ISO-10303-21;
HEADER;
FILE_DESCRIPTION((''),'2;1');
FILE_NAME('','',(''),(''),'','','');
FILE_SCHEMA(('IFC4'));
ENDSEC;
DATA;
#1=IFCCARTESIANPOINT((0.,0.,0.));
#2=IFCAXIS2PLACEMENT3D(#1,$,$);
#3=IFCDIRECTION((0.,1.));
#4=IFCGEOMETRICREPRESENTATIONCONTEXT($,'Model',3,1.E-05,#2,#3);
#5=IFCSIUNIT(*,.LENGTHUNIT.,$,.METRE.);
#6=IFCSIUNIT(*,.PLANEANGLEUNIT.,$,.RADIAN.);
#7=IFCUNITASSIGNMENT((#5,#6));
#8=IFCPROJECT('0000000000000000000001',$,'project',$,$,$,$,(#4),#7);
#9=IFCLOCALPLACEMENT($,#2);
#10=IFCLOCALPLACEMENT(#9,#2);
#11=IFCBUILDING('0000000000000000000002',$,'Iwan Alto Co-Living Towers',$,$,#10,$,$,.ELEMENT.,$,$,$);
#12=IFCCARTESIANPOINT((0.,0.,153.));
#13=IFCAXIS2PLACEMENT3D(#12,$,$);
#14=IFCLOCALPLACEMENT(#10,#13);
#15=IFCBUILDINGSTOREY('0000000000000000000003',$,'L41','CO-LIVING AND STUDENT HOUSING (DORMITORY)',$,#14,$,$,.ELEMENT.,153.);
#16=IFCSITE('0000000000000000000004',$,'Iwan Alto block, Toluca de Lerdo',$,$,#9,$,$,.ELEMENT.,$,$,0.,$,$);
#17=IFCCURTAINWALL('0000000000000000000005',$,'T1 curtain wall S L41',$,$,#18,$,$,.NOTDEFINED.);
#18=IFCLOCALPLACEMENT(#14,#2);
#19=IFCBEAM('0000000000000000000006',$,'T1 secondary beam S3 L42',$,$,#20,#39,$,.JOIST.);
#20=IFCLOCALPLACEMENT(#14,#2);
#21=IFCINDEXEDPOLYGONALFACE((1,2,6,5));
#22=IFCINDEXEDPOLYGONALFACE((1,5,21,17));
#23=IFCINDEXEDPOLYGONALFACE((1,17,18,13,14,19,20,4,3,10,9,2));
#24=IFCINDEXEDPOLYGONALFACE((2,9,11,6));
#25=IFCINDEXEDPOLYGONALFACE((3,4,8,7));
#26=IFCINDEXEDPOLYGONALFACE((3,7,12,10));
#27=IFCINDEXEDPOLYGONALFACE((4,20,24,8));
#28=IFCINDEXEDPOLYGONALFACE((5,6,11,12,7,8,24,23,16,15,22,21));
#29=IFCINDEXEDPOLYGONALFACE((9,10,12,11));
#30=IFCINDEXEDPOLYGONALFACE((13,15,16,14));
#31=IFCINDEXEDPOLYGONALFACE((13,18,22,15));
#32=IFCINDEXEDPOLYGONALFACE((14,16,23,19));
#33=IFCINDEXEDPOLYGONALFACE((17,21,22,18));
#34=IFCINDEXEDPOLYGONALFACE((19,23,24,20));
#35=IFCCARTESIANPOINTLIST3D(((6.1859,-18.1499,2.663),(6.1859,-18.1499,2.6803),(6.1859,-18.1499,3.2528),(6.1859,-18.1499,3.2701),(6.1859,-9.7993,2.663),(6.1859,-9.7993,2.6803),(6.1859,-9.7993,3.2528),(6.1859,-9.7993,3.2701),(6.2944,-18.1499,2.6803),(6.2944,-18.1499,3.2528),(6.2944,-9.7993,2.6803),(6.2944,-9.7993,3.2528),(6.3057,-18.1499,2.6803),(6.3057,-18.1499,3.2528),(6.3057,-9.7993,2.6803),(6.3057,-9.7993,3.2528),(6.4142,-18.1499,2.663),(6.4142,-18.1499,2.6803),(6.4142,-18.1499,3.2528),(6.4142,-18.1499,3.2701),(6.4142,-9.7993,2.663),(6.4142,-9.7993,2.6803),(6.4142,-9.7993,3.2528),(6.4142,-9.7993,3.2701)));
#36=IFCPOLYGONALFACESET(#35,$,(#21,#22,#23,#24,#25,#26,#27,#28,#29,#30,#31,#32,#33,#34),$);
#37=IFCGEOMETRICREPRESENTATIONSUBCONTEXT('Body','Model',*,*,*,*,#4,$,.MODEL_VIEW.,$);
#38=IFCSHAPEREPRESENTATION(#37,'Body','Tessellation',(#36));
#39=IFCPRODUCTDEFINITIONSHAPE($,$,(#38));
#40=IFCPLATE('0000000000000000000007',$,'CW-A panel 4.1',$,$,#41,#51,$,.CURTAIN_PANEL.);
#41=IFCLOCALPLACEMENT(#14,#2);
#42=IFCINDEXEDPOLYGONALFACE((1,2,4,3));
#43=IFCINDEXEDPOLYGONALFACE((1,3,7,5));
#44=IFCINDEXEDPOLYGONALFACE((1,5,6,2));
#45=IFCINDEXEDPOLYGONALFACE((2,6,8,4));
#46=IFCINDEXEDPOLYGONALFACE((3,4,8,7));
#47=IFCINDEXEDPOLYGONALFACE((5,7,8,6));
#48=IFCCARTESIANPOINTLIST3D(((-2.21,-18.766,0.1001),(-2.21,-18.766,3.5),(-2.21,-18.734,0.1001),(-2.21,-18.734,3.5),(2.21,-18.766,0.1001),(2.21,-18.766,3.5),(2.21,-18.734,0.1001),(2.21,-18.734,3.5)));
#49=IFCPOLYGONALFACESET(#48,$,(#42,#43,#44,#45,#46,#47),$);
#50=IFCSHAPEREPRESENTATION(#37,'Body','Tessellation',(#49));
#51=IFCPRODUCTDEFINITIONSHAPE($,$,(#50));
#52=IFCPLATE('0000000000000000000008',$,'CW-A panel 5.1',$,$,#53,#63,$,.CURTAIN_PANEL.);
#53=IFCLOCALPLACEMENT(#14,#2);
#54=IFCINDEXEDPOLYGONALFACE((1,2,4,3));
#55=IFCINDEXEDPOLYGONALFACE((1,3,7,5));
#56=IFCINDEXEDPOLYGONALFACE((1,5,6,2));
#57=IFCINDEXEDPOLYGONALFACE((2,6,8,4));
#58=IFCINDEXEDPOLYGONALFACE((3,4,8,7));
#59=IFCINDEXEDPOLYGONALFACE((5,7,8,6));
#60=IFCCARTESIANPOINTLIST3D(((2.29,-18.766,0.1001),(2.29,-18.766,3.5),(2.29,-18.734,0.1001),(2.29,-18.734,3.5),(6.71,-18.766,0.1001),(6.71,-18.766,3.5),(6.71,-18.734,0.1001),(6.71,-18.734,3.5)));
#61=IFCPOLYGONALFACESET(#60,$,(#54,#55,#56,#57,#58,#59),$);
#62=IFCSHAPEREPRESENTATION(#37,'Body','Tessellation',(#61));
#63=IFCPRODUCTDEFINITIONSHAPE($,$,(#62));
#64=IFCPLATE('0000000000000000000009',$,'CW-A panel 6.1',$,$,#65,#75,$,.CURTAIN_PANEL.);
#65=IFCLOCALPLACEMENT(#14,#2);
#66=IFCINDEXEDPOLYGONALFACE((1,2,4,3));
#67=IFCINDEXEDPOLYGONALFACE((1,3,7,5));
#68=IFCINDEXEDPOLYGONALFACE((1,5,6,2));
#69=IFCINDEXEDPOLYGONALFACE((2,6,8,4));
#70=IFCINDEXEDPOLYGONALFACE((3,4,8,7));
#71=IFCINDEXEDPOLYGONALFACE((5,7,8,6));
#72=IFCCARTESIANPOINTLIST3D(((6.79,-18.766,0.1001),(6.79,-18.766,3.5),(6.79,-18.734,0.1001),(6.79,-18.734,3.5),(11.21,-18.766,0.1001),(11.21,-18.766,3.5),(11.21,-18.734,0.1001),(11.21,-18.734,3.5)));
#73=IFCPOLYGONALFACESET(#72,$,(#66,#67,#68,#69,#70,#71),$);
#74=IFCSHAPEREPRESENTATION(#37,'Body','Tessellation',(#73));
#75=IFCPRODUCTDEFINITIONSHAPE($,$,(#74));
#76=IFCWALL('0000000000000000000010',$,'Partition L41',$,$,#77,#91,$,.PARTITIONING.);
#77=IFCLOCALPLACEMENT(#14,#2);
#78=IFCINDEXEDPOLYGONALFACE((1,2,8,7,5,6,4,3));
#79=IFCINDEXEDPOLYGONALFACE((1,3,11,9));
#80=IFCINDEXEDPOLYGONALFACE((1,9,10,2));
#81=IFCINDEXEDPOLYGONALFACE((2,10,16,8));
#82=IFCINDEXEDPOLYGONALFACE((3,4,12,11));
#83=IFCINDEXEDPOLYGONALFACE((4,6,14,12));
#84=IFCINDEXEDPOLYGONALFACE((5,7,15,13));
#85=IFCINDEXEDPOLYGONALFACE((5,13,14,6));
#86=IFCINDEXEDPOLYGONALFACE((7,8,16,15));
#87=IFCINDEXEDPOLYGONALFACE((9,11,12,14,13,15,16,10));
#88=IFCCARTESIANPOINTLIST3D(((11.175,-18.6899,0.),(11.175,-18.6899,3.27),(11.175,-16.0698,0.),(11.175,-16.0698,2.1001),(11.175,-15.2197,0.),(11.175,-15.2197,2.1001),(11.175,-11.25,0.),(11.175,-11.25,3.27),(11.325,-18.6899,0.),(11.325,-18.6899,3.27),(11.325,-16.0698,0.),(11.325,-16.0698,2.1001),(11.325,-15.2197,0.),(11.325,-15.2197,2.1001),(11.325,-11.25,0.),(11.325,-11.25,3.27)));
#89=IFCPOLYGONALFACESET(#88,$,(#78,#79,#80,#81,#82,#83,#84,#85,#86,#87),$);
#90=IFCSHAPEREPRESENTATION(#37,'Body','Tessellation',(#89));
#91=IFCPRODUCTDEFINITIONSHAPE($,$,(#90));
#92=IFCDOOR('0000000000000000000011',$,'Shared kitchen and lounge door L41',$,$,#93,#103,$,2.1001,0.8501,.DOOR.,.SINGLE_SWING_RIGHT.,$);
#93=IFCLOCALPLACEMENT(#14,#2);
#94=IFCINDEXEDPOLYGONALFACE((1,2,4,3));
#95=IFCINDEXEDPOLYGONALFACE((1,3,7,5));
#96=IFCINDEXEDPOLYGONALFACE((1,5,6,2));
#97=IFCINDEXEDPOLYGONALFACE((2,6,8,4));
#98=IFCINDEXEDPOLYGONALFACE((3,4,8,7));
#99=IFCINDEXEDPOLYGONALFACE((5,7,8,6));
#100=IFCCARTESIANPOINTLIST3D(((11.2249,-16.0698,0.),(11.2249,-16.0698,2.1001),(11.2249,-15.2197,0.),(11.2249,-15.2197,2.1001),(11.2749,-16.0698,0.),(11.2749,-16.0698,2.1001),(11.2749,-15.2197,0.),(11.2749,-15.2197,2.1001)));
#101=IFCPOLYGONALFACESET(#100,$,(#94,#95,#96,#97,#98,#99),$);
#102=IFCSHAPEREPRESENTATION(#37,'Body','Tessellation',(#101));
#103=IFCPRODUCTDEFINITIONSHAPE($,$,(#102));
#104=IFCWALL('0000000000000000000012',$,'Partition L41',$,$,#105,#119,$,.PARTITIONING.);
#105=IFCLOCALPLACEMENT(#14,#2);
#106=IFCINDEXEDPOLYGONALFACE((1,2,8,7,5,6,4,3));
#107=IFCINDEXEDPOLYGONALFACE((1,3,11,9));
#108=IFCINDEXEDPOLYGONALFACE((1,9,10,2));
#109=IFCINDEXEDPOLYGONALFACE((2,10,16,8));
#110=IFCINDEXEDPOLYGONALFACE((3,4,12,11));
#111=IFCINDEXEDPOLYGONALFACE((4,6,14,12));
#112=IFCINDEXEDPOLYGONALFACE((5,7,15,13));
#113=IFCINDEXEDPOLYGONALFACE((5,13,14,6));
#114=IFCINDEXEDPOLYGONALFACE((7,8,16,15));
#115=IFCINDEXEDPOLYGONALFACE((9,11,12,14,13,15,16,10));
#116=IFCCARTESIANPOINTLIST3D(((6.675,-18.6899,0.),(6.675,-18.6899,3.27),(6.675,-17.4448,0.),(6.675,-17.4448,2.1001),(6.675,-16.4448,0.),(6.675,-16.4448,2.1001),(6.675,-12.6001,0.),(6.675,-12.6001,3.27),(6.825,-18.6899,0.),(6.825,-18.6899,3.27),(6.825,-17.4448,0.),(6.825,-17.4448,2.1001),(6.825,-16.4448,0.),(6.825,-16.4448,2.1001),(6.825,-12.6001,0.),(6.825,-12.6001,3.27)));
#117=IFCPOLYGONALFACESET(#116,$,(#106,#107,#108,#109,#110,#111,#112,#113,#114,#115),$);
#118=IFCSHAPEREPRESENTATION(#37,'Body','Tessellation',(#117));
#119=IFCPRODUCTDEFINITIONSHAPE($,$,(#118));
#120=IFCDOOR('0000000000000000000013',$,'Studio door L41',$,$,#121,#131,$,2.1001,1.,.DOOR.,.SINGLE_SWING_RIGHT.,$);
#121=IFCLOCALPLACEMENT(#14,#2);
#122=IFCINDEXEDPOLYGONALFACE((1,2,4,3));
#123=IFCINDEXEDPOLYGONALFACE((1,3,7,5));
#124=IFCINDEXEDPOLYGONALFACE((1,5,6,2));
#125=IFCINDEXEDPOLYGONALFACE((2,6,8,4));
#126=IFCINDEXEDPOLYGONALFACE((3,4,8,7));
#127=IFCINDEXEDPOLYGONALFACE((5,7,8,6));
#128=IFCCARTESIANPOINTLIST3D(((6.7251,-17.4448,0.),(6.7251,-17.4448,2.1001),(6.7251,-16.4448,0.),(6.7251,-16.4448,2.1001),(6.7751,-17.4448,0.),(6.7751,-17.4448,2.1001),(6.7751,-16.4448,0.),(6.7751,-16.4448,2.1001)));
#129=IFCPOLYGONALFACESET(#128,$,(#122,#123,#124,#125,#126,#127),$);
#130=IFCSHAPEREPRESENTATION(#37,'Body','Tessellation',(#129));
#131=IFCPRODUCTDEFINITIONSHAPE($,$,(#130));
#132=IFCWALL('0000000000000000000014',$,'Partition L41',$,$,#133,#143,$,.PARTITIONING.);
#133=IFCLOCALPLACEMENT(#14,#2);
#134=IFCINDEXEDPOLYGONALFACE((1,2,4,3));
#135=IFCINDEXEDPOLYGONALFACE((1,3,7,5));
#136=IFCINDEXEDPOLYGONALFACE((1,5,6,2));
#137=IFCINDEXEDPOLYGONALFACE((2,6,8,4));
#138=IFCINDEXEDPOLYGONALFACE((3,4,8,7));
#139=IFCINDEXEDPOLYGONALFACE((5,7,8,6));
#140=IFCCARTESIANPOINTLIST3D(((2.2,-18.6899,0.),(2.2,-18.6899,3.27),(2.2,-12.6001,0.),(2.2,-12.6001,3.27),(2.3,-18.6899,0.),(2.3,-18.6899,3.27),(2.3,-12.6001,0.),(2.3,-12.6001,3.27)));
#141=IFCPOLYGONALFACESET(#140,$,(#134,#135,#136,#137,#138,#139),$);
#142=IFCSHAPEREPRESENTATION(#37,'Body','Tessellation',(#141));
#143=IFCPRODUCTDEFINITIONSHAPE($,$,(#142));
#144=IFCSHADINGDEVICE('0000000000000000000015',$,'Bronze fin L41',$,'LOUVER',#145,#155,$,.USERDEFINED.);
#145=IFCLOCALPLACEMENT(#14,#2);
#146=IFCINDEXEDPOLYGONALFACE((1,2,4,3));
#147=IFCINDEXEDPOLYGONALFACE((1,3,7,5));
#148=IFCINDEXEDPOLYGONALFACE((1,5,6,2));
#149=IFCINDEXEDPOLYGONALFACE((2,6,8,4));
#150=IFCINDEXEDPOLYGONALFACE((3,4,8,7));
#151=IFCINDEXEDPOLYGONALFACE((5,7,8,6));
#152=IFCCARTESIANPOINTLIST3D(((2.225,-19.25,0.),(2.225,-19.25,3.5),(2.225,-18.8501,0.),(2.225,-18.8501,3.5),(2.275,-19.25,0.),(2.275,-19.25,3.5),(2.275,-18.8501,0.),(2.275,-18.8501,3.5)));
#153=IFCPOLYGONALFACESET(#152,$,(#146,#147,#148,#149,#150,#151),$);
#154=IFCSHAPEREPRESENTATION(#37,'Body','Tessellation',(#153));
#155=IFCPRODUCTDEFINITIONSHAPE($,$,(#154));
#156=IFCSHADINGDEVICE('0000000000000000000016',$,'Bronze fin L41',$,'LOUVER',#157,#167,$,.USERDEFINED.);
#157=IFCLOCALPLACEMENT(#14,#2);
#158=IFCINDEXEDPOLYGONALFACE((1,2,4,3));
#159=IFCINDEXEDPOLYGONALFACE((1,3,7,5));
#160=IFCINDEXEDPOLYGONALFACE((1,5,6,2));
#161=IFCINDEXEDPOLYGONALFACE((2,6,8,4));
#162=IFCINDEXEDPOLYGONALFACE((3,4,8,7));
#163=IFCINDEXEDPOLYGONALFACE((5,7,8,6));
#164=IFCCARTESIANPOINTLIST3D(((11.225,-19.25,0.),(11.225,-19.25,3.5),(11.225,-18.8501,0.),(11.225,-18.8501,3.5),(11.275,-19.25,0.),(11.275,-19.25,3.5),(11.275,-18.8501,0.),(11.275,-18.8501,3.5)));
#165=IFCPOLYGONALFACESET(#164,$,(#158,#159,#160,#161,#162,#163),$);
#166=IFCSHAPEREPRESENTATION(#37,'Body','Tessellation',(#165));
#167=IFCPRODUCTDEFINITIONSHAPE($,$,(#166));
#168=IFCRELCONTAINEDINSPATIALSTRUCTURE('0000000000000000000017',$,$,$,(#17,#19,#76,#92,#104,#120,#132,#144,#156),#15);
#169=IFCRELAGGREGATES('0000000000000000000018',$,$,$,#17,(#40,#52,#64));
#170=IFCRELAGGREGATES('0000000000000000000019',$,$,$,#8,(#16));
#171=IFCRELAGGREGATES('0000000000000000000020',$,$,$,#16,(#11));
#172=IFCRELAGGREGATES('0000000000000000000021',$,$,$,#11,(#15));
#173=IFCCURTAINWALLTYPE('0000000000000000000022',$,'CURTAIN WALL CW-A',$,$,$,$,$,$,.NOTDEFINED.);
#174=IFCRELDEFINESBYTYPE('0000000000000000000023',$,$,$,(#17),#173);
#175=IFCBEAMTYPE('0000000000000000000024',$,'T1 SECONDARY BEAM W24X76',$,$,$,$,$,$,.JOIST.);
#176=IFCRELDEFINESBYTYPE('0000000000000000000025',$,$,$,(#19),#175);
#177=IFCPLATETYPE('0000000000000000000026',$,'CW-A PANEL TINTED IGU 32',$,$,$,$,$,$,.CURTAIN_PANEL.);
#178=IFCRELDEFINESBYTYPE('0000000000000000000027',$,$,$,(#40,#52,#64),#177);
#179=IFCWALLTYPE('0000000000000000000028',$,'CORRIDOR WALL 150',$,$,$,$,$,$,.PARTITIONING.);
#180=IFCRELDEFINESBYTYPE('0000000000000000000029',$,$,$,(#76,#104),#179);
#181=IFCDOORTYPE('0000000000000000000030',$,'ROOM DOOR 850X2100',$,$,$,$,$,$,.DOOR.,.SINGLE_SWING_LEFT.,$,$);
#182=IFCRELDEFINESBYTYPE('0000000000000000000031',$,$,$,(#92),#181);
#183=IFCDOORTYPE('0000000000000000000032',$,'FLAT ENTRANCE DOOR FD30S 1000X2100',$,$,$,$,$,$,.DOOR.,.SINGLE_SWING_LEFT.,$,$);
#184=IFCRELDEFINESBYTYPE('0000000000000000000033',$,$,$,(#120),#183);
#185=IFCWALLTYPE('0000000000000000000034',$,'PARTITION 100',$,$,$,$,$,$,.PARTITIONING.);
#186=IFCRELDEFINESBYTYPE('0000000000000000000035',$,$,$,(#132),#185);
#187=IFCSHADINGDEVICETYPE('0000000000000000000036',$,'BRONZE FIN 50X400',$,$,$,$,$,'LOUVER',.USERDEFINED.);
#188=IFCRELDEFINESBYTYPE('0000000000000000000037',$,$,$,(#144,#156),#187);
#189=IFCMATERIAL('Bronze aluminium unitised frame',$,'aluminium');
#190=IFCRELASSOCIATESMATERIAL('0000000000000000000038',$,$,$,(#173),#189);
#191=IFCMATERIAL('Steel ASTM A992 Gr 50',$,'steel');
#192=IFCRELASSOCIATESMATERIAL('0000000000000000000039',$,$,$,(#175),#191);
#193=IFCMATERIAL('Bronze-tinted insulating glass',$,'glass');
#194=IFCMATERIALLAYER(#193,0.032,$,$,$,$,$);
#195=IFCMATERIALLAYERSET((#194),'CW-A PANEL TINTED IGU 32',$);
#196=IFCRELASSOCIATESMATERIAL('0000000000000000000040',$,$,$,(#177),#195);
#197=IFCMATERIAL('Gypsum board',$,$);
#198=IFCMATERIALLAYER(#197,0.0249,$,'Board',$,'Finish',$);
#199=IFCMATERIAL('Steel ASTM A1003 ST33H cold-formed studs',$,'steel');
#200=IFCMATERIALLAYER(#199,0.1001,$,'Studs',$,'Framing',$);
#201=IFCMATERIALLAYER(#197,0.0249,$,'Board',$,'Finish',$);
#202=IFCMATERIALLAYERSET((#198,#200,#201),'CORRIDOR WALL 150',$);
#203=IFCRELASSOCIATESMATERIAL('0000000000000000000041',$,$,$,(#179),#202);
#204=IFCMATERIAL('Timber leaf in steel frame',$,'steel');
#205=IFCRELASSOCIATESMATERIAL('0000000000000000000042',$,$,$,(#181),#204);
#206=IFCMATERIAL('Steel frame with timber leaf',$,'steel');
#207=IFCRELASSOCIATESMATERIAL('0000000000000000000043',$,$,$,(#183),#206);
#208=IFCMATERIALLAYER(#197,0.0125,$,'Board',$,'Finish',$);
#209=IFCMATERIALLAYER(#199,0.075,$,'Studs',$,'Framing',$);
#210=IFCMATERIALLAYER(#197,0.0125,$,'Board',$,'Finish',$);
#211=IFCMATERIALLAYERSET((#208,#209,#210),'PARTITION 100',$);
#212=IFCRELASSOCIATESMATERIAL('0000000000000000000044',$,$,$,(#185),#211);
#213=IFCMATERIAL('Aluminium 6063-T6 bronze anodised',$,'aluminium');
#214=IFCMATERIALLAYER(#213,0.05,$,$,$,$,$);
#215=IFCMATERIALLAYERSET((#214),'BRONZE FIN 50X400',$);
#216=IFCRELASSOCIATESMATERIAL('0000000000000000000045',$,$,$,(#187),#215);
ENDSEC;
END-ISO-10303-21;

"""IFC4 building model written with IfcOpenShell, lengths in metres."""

from ifc_helpers import new_model, si_unit, direction, frame, frame_2d, origin, origin_2d, place, context, subcontext, project, spatial, rectangle, i_section, extrude, material, layer, layer_set, material_profile, profile_set, type_object, element, fill, aggregate, save


model = new_model("IFC4")

# Units and contexts
model_context = context("Model", 3, precision=1e-05, world=origin(), true_north=direction((0.0, 1.0)))
body_context = subcontext(model_context, "Body", "Model", "MODEL_VIEW")
ifc_project = project(units=[si_unit("LENGTHUNIT", "METRE"), si_unit("PLANEANGLEUNIT", "RADIAN")], contexts=[model_context])

# Site, building, storey
site_placement = place(None, origin())
site = spatial("IfcSite", under=ifc_project, at=site_placement, Name="Iwan Alto block, Toluca de Lerdo", CompositionType="ELEMENT", RefElevation=0.0)
building_placement = place(site_placement, origin())
building = spatial("IfcBuilding", under=site, at=building_placement, Name="Iwan Alto Co-Living Towers", CompositionType="ELEMENT")
storey_placement = place(building_placement, frame((0.0, 0.0, 153.0)))
storey = spatial("IfcBuildingStorey", under=building, at=storey_placement, Name="L41", Description="CO-LIVING AND STUDENT HOUSING (DORMITORY)", CompositionType="ELEMENT", Elevation=153.0)

# Curtain wall
ifc_material_1 = material(Name="Bronze aluminium unitised frame", Category="aluminium")
curtain_wall_type = type_object("IfcCurtainWallType", Name="CURTAIN WALL CW-A", PredefinedType="NOTDEFINED", material=ifc_material_1)
curtain_wall_placement = place(storey_placement, origin())
curtain_wall = element("IfcCurtainWall", 1, at=curtain_wall_placement, inside=storey, type_object=curtain_wall_type, Name="T1 curtain wall S L41", PredefinedType="NOTDEFINED")

# Beam
ifc_material_2 = material(Name="Steel ASTM A992 Gr 50", Category="steel")
ifc_material_profile_1 = material_profile(ifc_material_2, i_section(OverallWidth=0.2283, OverallDepth=0.6072, WebThickness=0.0112, FlangeThickness=0.0173, at=origin_2d()), Name="W24X76")
ifc_profile_set_1 = profile_set([ifc_material_profile_1], Name="Steel ASTM A992 Gr 50")
beam_type_1 = type_object("IfcBeamType", Name="T1 SECONDARY BEAM W24X76", PredefinedType="JOIST", material=ifc_profile_set_1)
beam_1_placement = place(storey_placement, frame((6.3, -18.1499, 2.9666), z_axis=(0.0, 1.0, 0.0), x_axis=(-1.0, 0.0, 0.0)))
element("IfcBeam", 2, at=beam_1_placement, inside=storey, type_object=beam_type_1, Name="T1 secondary beam S3 L42", PredefinedType="JOIST", context=body_context, shape_type="SweptSolid", body=[
    extrude(i_section(OverallWidth=0.2283, OverallDepth=0.6072, WebThickness=0.0112, FlangeThickness=0.0173, at=origin_2d()), origin(), (0.0, 0.0, 1.0), 8.3506),
])

# Plates
ifc_material_3 = material(Name="Bronze-tinted insulating glass", Category="glass")
ifc_layer_1 = layer(ifc_material_3, 0.032)
ifc_layer_set_1 = layer_set([ifc_layer_1], Name="CW-A PANEL TINTED IGU 32")
plate_type = type_object("IfcPlateType", Name="CW-A PANEL TINTED IGU 32", PredefinedType="CURTAIN_PANEL", material=ifc_layer_set_1)
plate_1_placement = place(storey_placement, frame((0.0, -18.75, 0.1001), z_axis=(0.0, 0.0, 1.0), x_axis=(1.0, 0.0, 0.0)))
plate_1 = element("IfcPlate", 3, at=plate_1_placement, type_object=plate_type, Name="CW-A panel 4.1", PredefinedType="CURTAIN_PANEL", context=body_context, shape_type="SweptSolid", body=[
    extrude(rectangle(XDim=4.4199, YDim=0.032, at=origin_2d()), origin(), (0.0, 0.0, 1.0), 3.3999),
])
plate_2_placement = place(storey_placement, frame((4.5, -18.75, 0.1001), z_axis=(0.0, 0.0, 1.0), x_axis=(1.0, 0.0, 0.0)))
plate_2 = element("IfcPlate", 4, at=plate_2_placement, type_object=plate_type, Name="CW-A panel 5.1", PredefinedType="CURTAIN_PANEL", context=body_context, shape_type="SweptSolid", body=[
    extrude(rectangle(XDim=4.4199, YDim=0.032, at=origin_2d()), origin(), (0.0, 0.0, 1.0), 3.3999),
])
plate_3_placement = place(storey_placement, frame((9.0, -18.75, 0.1001), z_axis=(0.0, 0.0, 1.0), x_axis=(1.0, 0.0, 0.0)))
plate_3 = element("IfcPlate", 5, at=plate_3_placement, type_object=plate_type, Name="CW-A panel 6.1", PredefinedType="CURTAIN_PANEL", context=body_context, shape_type="SweptSolid", body=[
    extrude(rectangle(XDim=4.4199, YDim=0.032, at=origin_2d()), origin(), (0.0, 0.0, 1.0), 3.3999),
])
aggregate(curtain_wall, [plate_1, plate_2, plate_3])

# Walls, openings, doors
ifc_material_4 = material(Name="Gypsum board")
ifc_layer_2 = layer(ifc_material_4, 0.0249, Name="Board", Category="Finish")
ifc_material_5 = material(Name="Steel ASTM A1003 ST33H cold-formed studs", Category="steel")
ifc_layer_3 = layer(ifc_material_5, 0.1001, Name="Studs", Category="Framing")
ifc_layer_4 = layer(ifc_material_4, 0.0249, Name="Board", Category="Finish")
ifc_layer_set_2 = layer_set([ifc_layer_2, ifc_layer_3, ifc_layer_4], Name="CORRIDOR WALL 150")
wall_type_1 = type_object("IfcWallType", Name="CORRIDOR WALL 150", PredefinedType="PARTITIONING", material=ifc_layer_set_2)
wall_1_placement = place(storey_placement, frame((11.25, -18.6899, 0.0), z_axis=(0.0, 0.0, 1.0), x_axis=(0.0, 1.0, 0.0)))
wall_1 = element("IfcWall", 6, at=wall_1_placement, inside=storey, type_object=wall_type_1, Name="Partition L41", PredefinedType="PARTITIONING", context=body_context, shape_type="SweptSolid", body=[
    extrude(rectangle(XDim=7.4399, YDim=0.1499, at=frame_2d((3.72, 0.0))), origin(), (0.0, 0.0, 1.0), 3.27),
])
opening_1_placement = place(wall_1_placement, frame((2.6201, 0.0, 0.0)))
opening_1 = element("IfcOpeningElement", 7, at=opening_1_placement, cuts=wall_1, PredefinedType="OPENING", context=body_context, shape_type="SweptSolid", body=[
    extrude(rectangle(XDim=0.8501, YDim=2.1001, at=frame_2d((0.425, 1.05))), frame((0.0, 0.085, 0.0), z_axis=(0.0, -1.0, 0.0), x_axis=(1.0, 0.0, 0.0)), (0.0, 0.0, 1.0), 0.1699),
])
ifc_material_6 = material(Name="Timber leaf in steel frame", Category="steel")
door_type_1 = type_object("IfcDoorType", Name="ROOM DOOR 850X2100", OperationType="SINGLE_SWING_LEFT", PredefinedType="DOOR", material=ifc_material_6)
door_1_placement = place(opening_1_placement, frame((0.8501, 0.0, 0.0), z_axis=(0.0, 0.0, 1.0), x_axis=(-1.0, 0.0, 0.0)))
door_1 = element("IfcDoor", 8, at=door_1_placement, inside=storey, type_object=door_type_1, Name="Shared kitchen and lounge door L41", OperationType="SINGLE_SWING_RIGHT", OverallHeight=2.1001, OverallWidth=0.8501, PredefinedType="DOOR", context=body_context, shape_type="SweptSolid", body=[
    extrude(rectangle(XDim=0.8501, YDim=2.1001, at=frame_2d((0.425, 1.05))), frame((0.0, 0.0249, 0.0), z_axis=(0.0, -1.0, 0.0), x_axis=(1.0, 0.0, 0.0)), (0.0, 0.0, 1.0), 0.05),
])
fill(opening_1, door_1)
wall_2_placement = place(storey_placement, frame((6.75, -18.6899, 0.0), z_axis=(0.0, 0.0, 1.0), x_axis=(0.0, 1.0, 0.0)))
wall_2 = element("IfcWall", 9, at=wall_2_placement, inside=storey, type_object=wall_type_1, Name="Partition L41", PredefinedType="PARTITIONING", context=body_context, shape_type="SweptSolid", body=[
    extrude(rectangle(XDim=6.0898, YDim=0.1499, at=frame_2d((3.0449, 0.0))), origin(), (0.0, 0.0, 1.0), 3.27),
])
opening_2_placement = place(wall_2_placement, frame((1.2451, 0.0, 0.0)))
opening_2 = element("IfcOpeningElement", 10, at=opening_2_placement, cuts=wall_2, PredefinedType="OPENING", context=body_context, shape_type="SweptSolid", body=[
    extrude(rectangle(XDim=1.0, YDim=2.1001, at=frame_2d((0.5, 1.05))), frame((0.0, 0.085, 0.0), z_axis=(0.0, -1.0, 0.0), x_axis=(1.0, 0.0, 0.0)), (0.0, 0.0, 1.0), 0.1699),
])
ifc_material_7 = material(Name="Steel frame with timber leaf", Category="steel")
door_type_2 = type_object("IfcDoorType", Name="FLAT ENTRANCE DOOR FD30S 1000X2100", OperationType="SINGLE_SWING_LEFT", PredefinedType="DOOR", material=ifc_material_7)
door_2_placement = place(opening_2_placement, origin())
door_2 = element("IfcDoor", 11, at=door_2_placement, inside=storey, type_object=door_type_2, Name="Studio door L41", OperationType="SINGLE_SWING_RIGHT", OverallHeight=2.1001, OverallWidth=1.0, PredefinedType="DOOR", context=body_context, shape_type="SweptSolid", body=[
    extrude(rectangle(XDim=1.0, YDim=2.1001, at=frame_2d((0.5, 1.05))), frame((0.0, 0.0249, 0.0), z_axis=(0.0, -1.0, 0.0), x_axis=(1.0, 0.0, 0.0)), (0.0, 0.0, 1.0), 0.05),
])
fill(opening_2, door_2)

# Wall
ifc_layer_5 = layer(ifc_material_4, 0.0125, Name="Board", Category="Finish")
ifc_layer_6 = layer(ifc_material_5, 0.075, Name="Studs", Category="Framing")
ifc_layer_7 = layer(ifc_material_4, 0.0125, Name="Board", Category="Finish")
ifc_layer_set_3 = layer_set([ifc_layer_5, ifc_layer_6, ifc_layer_7], Name="PARTITION 100")
wall_type_2 = type_object("IfcWallType", Name="PARTITION 100", PredefinedType="PARTITIONING", material=ifc_layer_set_3)
wall_3_placement = place(storey_placement, frame((2.25, -18.6899, 0.0), z_axis=(0.0, 0.0, 1.0), x_axis=(0.0, 1.0, 0.0)))
element("IfcWall", 12, at=wall_3_placement, inside=storey, type_object=wall_type_2, Name="Partition L41", PredefinedType="PARTITIONING", context=body_context, shape_type="SweptSolid", body=[
    extrude(rectangle(XDim=6.0898, YDim=0.1001, at=frame_2d((3.0449, 0.0))), origin(), (0.0, 0.0, 1.0), 3.27),
])

# Shading devices
ifc_material_8 = material(Name="Aluminium 6063-T6 bronze anodised", Category="aluminium")
ifc_layer_8 = layer(ifc_material_8, 0.05)
ifc_layer_set_4 = layer_set([ifc_layer_8], Name="BRONZE FIN 50X400")
shading_device_type = type_object("IfcShadingDeviceType", Name="BRONZE FIN 50X400", ElementType="LOUVER", PredefinedType="USERDEFINED", material=ifc_layer_set_4)
for number, where, z_axis, x_axis, name in (
    (13, (2.25, -19.05, 0.0), (0.0, 0.0, 1.0), (1.0, 0.0, 0.0), "Bronze fin L41"),
    (14, (11.25, -19.05, 0.0), (0.0, 0.0, 1.0), (1.0, 0.0, 0.0), "Bronze fin L41"),
):
    element("IfcShadingDevice", number, at=place(storey_placement, frame(where, z_axis=z_axis, x_axis=x_axis)), inside=storey, type_object=shading_device_type, Name=name, ObjectType="LOUVER", PredefinedType="USERDEFINED", context=body_context, shape_type="SweptSolid", body=[
        extrude(rectangle(XDim=0.05, YDim=0.3999, at=origin_2d()), origin(), (0.0, 0.0, 1.0), 3.5),
    ])

save(model, "model.ifc")
